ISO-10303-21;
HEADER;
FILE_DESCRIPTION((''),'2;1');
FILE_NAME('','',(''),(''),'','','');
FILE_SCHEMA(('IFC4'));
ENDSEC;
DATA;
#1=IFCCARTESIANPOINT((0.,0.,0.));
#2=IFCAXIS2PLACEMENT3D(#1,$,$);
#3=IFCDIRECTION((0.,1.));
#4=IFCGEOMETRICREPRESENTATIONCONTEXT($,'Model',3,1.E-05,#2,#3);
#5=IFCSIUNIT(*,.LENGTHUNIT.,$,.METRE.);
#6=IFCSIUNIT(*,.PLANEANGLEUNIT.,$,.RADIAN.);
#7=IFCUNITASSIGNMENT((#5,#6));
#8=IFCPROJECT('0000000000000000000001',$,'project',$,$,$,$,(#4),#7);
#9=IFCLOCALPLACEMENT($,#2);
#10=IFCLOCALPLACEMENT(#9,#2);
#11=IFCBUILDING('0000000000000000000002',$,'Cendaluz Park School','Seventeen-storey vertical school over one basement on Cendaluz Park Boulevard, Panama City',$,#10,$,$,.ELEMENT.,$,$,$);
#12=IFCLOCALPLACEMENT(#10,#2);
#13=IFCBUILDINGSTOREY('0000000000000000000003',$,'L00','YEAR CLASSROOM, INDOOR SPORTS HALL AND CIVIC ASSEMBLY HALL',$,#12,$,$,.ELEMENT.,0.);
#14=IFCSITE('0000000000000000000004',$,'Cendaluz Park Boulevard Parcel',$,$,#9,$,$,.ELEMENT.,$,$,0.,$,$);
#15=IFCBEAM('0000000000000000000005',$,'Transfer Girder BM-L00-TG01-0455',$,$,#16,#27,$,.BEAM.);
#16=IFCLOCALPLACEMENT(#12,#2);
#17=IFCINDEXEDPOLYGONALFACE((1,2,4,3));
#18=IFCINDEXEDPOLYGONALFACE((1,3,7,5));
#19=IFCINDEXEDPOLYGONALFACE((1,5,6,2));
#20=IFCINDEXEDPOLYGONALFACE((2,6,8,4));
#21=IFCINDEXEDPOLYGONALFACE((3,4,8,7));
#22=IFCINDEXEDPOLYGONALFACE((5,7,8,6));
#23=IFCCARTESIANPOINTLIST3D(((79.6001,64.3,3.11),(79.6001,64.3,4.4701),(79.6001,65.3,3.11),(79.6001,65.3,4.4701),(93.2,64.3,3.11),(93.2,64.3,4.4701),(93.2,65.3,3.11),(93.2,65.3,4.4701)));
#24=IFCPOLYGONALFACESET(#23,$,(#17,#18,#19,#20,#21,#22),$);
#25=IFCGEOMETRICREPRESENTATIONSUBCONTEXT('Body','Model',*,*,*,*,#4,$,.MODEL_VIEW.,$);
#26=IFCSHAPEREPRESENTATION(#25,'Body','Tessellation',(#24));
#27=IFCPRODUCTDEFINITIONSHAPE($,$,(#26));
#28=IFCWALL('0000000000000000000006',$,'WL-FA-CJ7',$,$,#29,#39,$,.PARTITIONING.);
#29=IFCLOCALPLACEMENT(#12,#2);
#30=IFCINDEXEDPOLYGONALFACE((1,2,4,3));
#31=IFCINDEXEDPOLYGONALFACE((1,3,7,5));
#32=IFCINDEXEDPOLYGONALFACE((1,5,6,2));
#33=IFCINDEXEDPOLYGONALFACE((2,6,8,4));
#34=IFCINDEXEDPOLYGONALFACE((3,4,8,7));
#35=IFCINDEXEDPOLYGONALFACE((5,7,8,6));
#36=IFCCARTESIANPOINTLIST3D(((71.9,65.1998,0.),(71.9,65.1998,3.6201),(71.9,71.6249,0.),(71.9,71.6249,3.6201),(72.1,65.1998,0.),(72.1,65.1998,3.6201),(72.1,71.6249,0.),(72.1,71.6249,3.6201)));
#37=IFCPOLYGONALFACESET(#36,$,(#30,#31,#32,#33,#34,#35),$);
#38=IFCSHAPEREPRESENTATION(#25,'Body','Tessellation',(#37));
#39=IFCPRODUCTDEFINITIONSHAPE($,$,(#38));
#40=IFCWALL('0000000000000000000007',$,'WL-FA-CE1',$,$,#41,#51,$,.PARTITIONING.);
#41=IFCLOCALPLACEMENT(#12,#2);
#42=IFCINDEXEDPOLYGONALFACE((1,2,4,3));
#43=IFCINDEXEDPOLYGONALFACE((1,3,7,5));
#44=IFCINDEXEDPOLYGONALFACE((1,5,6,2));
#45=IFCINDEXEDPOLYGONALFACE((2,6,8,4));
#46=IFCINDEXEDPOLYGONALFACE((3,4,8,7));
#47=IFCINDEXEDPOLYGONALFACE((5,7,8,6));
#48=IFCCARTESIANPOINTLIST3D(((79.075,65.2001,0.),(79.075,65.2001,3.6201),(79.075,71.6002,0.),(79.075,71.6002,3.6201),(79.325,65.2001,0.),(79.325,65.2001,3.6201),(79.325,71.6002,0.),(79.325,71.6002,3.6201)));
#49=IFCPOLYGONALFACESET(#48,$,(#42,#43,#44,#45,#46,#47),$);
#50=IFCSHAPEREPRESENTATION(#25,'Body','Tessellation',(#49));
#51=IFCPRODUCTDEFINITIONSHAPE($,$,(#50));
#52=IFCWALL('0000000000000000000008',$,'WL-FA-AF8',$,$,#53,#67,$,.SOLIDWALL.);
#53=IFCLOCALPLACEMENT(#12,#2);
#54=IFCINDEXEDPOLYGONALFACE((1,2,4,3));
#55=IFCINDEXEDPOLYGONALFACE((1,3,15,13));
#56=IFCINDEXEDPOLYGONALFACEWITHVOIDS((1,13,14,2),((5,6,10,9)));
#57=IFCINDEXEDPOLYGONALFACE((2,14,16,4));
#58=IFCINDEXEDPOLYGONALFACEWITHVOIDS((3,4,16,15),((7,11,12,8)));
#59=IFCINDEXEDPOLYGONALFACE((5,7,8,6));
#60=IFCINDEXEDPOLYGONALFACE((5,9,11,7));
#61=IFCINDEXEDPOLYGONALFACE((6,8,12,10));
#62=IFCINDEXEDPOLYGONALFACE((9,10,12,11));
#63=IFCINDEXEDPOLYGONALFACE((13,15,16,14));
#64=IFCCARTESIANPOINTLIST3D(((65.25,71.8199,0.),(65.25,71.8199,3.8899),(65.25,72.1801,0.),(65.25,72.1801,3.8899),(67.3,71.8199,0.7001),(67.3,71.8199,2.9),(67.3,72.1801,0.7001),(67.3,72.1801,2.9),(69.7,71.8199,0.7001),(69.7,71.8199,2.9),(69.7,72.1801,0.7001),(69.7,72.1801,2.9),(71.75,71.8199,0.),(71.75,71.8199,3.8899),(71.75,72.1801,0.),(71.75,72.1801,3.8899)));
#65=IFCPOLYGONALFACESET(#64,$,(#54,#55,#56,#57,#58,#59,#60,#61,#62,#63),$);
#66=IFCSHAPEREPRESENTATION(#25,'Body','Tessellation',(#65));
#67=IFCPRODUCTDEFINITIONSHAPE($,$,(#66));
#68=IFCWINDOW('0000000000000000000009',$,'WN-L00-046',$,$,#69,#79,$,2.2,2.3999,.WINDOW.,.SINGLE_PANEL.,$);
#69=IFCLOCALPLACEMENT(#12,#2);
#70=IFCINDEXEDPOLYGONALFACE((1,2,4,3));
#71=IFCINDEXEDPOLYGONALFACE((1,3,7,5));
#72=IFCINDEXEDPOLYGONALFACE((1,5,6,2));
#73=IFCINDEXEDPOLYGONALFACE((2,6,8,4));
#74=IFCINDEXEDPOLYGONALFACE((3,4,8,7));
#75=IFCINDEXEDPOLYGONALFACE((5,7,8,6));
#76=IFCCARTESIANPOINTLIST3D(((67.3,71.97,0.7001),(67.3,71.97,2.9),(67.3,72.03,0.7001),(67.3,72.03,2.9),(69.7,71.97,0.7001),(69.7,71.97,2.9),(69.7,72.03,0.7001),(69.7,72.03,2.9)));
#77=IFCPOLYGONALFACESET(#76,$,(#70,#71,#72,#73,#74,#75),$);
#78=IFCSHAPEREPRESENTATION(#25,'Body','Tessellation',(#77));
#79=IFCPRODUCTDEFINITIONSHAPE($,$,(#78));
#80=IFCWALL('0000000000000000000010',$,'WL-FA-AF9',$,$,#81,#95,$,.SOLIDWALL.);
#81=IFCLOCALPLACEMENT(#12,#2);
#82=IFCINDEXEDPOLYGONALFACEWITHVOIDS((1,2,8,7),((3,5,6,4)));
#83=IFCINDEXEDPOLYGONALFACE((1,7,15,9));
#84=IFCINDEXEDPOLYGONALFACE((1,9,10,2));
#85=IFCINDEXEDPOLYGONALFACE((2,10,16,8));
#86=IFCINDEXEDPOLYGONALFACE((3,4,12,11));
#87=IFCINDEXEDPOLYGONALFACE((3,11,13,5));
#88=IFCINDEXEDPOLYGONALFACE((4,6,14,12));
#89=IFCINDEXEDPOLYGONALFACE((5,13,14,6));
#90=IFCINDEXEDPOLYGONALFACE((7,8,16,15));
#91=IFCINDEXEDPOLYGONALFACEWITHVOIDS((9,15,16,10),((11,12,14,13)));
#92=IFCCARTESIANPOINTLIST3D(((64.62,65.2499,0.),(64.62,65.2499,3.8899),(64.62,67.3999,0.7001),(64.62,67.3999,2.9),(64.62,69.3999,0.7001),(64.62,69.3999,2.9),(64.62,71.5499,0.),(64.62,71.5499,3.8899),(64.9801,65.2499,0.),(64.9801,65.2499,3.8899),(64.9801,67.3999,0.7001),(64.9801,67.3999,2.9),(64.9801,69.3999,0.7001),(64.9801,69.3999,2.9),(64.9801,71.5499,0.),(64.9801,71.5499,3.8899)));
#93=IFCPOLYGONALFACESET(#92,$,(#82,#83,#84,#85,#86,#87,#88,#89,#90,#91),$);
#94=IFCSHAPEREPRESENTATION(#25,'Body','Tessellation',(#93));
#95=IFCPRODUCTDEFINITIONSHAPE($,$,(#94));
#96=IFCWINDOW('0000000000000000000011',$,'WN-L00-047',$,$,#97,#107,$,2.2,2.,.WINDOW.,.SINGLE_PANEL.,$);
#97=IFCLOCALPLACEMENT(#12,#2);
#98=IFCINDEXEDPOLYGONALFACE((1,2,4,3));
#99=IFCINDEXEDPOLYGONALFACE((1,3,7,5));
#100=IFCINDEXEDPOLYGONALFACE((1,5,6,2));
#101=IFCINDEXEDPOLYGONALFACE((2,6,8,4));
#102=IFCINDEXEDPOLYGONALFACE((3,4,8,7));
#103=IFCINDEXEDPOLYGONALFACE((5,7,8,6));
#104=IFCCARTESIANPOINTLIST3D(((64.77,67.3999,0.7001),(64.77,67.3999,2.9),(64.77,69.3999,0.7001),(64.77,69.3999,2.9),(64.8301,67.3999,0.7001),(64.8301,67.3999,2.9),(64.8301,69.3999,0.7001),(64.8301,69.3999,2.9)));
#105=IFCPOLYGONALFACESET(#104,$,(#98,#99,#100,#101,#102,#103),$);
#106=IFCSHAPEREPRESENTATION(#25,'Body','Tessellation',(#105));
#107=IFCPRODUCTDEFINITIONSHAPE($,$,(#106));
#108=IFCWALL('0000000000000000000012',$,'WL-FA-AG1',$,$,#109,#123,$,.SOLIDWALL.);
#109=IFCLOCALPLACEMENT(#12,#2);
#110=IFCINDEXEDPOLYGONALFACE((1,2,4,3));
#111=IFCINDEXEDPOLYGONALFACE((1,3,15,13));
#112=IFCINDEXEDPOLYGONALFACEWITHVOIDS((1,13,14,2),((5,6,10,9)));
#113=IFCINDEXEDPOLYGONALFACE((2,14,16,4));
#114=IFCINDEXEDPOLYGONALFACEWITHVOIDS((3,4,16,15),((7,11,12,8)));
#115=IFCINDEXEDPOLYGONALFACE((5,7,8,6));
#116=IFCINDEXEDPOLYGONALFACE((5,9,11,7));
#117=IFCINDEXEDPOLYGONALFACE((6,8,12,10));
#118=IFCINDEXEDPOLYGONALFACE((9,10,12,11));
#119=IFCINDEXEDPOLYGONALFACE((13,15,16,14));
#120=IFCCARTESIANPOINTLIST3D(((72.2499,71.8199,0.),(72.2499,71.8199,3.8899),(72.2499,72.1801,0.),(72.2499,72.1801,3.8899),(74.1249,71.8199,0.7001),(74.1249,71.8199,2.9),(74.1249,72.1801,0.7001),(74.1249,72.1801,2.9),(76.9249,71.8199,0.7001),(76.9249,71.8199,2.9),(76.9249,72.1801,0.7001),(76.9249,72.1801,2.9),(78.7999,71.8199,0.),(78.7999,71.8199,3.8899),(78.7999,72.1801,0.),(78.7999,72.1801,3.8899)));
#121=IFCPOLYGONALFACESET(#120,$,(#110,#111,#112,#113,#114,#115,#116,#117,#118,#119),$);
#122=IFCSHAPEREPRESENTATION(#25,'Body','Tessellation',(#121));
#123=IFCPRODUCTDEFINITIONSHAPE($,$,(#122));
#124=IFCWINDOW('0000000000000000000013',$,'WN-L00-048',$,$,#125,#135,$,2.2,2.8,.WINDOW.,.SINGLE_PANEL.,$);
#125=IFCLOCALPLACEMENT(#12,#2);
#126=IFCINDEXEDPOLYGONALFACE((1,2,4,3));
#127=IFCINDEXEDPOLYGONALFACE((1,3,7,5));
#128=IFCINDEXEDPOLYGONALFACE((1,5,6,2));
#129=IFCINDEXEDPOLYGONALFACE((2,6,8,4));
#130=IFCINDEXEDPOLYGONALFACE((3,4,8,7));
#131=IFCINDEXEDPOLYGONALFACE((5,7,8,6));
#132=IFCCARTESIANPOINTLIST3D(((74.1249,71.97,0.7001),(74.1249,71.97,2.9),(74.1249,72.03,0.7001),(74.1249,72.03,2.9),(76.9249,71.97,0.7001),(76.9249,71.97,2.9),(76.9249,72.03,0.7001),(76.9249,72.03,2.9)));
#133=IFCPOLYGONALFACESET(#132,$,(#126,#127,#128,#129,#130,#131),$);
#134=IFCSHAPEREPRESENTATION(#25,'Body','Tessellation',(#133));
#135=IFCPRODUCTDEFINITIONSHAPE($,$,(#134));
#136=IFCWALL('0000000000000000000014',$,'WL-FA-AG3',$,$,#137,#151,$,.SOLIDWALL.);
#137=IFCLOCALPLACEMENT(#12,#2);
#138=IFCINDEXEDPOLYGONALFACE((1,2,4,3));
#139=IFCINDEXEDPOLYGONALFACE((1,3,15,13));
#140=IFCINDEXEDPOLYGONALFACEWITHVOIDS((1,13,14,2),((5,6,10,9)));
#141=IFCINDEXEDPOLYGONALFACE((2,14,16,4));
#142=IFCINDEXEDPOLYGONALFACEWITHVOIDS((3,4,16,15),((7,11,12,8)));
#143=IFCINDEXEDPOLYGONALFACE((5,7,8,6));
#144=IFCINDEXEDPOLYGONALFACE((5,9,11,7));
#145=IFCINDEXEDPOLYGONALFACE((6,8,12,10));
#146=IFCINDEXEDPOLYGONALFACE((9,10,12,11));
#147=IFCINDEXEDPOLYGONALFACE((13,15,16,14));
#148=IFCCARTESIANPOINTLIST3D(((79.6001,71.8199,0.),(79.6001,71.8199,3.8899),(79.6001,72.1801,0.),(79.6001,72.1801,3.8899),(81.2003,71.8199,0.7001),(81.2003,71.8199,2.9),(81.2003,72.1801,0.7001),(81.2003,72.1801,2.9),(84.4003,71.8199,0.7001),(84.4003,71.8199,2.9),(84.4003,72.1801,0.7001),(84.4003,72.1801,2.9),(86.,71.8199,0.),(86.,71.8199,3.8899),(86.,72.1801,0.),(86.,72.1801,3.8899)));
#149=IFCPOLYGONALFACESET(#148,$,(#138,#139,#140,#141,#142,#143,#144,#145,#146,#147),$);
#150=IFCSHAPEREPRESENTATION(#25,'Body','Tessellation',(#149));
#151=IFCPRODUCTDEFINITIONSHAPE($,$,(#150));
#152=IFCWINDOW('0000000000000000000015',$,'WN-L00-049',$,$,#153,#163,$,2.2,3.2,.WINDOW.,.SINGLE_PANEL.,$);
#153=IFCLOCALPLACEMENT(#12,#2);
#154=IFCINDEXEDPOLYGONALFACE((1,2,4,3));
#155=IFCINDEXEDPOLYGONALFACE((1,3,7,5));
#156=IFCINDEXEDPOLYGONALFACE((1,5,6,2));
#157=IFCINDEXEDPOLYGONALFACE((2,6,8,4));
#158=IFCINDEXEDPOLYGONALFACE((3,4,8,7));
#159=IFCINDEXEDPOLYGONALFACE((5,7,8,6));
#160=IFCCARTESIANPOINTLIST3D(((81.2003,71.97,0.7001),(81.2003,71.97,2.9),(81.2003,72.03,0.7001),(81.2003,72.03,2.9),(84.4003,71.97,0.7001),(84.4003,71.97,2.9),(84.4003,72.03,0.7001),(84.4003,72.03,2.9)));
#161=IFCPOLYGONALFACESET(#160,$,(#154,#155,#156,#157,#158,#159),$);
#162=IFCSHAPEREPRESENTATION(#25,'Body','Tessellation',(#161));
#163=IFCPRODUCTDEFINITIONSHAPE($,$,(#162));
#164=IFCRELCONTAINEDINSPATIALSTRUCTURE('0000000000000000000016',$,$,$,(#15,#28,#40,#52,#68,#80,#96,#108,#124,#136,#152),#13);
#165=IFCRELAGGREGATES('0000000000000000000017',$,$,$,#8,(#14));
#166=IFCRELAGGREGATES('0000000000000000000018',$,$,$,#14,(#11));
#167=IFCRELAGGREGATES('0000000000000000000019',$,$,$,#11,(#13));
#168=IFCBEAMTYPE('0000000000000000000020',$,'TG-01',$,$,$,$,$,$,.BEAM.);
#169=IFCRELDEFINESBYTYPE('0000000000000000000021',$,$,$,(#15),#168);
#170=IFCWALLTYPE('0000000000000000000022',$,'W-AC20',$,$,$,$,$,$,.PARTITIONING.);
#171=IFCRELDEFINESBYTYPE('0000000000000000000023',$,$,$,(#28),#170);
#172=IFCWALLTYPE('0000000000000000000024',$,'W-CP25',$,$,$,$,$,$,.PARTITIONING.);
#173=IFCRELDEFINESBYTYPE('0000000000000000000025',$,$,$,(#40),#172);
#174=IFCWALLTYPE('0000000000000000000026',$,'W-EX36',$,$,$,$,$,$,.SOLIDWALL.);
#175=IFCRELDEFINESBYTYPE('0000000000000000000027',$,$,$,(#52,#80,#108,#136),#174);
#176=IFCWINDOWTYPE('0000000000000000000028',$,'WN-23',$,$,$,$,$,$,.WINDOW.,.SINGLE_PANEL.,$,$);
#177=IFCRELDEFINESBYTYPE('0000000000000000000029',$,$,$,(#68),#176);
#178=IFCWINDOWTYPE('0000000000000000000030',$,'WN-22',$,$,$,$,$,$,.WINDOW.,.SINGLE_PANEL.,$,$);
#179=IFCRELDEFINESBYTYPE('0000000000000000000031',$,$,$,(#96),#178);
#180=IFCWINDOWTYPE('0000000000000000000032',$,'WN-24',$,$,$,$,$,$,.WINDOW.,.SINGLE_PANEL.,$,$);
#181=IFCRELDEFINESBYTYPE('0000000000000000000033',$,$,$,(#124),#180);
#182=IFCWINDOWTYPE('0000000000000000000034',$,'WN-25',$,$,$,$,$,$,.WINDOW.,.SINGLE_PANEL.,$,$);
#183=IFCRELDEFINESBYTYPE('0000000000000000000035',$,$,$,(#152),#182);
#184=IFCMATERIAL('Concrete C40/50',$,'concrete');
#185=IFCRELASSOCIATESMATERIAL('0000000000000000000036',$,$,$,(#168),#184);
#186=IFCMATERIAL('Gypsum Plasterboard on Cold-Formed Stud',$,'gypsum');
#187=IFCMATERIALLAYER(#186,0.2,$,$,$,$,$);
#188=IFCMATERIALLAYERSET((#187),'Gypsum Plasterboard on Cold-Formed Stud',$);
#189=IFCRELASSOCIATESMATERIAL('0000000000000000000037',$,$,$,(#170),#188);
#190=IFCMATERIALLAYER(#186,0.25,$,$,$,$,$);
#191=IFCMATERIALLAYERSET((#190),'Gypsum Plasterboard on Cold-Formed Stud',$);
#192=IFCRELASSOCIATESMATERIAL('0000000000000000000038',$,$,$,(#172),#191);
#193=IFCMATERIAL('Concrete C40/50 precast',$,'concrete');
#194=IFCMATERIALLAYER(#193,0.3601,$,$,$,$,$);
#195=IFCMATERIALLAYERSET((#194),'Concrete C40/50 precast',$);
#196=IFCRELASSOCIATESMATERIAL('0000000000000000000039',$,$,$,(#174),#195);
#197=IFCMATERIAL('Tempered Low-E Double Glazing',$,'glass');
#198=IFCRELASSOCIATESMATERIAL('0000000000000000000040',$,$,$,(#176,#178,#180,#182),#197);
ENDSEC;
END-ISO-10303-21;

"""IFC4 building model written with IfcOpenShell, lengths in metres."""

from ifc_helpers import new_model, si_unit, direction, frame, frame_2d, origin, origin_2d, place, context, subcontext, project, spatial, rectangle, extrude, material, layer, layer_set, material_profile, profile_set, type_object, element, fill, save


model = new_model("IFC4")

# Units and contexts
model_context = context("Model", 3, precision=1e-05, world=origin(), true_north=direction((0.0, 1.0)))
body_context = subcontext(model_context, "Body", "Model", "MODEL_VIEW")
ifc_project = project(units=[si_unit("LENGTHUNIT", "METRE"), si_unit("PLANEANGLEUNIT", "RADIAN")], contexts=[model_context])

# Site, building, storey
site_placement = place(None, origin())
site = spatial("IfcSite", under=ifc_project, at=site_placement, Name="Cendaluz Park Boulevard Parcel", CompositionType="ELEMENT", RefElevation=0.0)
building_placement = place(site_placement, origin())
building = spatial("IfcBuilding", under=site, at=building_placement, Name="Cendaluz Park School", Description="Seventeen-storey vertical school over one basement on Cendaluz Park Boulevard, Panama City", CompositionType="ELEMENT")
storey_placement = place(building_placement, origin())
storey = spatial("IfcBuildingStorey", under=building, at=storey_placement, Name="L00", Description="YEAR CLASSROOM, INDOOR SPORTS HALL AND CIVIC ASSEMBLY HALL", CompositionType="ELEMENT", Elevation=0.0)

# Shared definitions
ifc_material_1 = material(Name="Concrete C40/50", Category="concrete")

# Beam
ifc_material_profile_1 = material_profile(ifc_material_1, rectangle(XDim=1.0, YDim=1.3601, at=origin_2d()), Name="RC 1000x1360", Category="concrete")
ifc_profile_set_1 = profile_set([ifc_material_profile_1], Name="Concrete C40/50")
beam_type_1 = type_object("IfcBeamType", Name="TG-01", PredefinedType="BEAM", material=ifc_profile_set_1)
beam_1_placement = place(storey_placement, frame((79.6001, 64.8, 3.79), z_axis=(1.0, 0.0, 0.0), x_axis=(0.0, 1.0, 0.0)))
element("IfcBeam", 1, at=beam_1_placement, inside=storey, type_object=beam_type_1, Name="Transfer Girder BM-L00-TG01-0455", PredefinedType="BEAM", context=body_context, shape_type="SweptSolid", body=[
    extrude(rectangle(XDim=1.0, YDim=1.3601, at=origin_2d()), origin(), (0.0, 0.0, 1.0), 13.5999),
])

# Walls
ifc_material_2 = material(Name="Gypsum Plasterboard on Cold-Formed Stud", Category="gypsum")
ifc_layer_1 = layer(ifc_material_2, 0.2)
ifc_layer_set_1 = layer_set([ifc_layer_1], Name="Gypsum Plasterboard on Cold-Formed Stud")
wall_type_1 = type_object("IfcWallType", Name="W-AC20", PredefinedType="PARTITIONING", material=ifc_layer_set_1)
wall_1_placement = place(storey_placement, frame((72.0, 65.2, 0.0), z_axis=(0.0, 0.0, 1.0), x_axis=(0.0, 1.0, 0.0)))
element("IfcWall", 2, at=wall_1_placement, inside=storey, type_object=wall_type_1, Name="WL-FA-CJ7", PredefinedType="PARTITIONING", context=body_context, shape_type="SweptSolid", body=[
    extrude(rectangle(XDim=6.425, YDim=0.2, at=frame_2d((3.2124, 0.0))), origin(), (0.0, 0.0, 1.0), 3.6201),
])
ifc_layer_2 = layer(ifc_material_2, 0.25)
ifc_layer_set_2 = layer_set([ifc_layer_2], Name="Gypsum Plasterboard on Cold-Formed Stud")
wall_type_2 = type_object("IfcWallType", Name="W-CP25", PredefinedType="PARTITIONING", material=ifc_layer_set_2)
wall_2_placement = place(storey_placement, frame((79.2, 65.2, 0.0), z_axis=(0.0, 0.0, 1.0), x_axis=(0.0, 1.0, 0.0)))
element("IfcWall", 3, at=wall_2_placement, inside=storey, type_object=wall_type_2, Name="WL-FA-CE1", PredefinedType="PARTITIONING", context=body_context, shape_type="SweptSolid", body=[
    extrude(rectangle(XDim=6.4001, YDim=0.25, at=frame_2d((3.2002, 0.0))), origin(), (0.0, 0.0, 1.0), 3.6201),
])

# Walls, openings, windows
ifc_material_3 = material(Name="Concrete C40/50 precast", Category="concrete")
ifc_layer_3 = layer(ifc_material_3, 0.3601)
ifc_layer_set_3 = layer_set([ifc_layer_3], Name="Concrete C40/50 precast")
wall_type_3 = type_object("IfcWallType", Name="W-EX36", PredefinedType="SOLIDWALL", material=ifc_layer_set_3)
wall_3_placement = place(storey_placement, frame((65.25, 72.0, 0.0), z_axis=(0.0, 0.0, 1.0), x_axis=(1.0, 0.0, 0.0)))
wall_3 = element("IfcWall", 4, at=wall_3_placement, inside=storey, type_object=wall_type_3, Name="WL-FA-AF8", PredefinedType="SOLIDWALL", context=body_context, shape_type="SweptSolid", body=[
    extrude(rectangle(XDim=6.5, YDim=0.3601, at=frame_2d((3.25, 0.0))), origin(), (0.0, 0.0, 1.0), 3.8899),
])
opening_1_placement = place(wall_3_placement, frame((2.05, 0.0, 0.7)))
opening_1 = element("IfcOpeningElement", 5, at=opening_1_placement, cuts=wall_3, PredefinedType="OPENING", context=body_context, shape_type="SweptSolid", body=[
    extrude(rectangle(XDim=2.3999, YDim=2.2, at=frame_2d((1.2, 1.1001))), frame((0.0, 0.1921, 0.0), z_axis=(0.0, -1.0, 0.0), x_axis=(1.0, 0.0, 0.0)), (0.0, 0.0, 1.0), 0.384),
])
ifc_material_4 = material(Name="Tempered Low-E Double Glazing", Category="glass")
window_type_1 = type_object("IfcWindowType", Name="WN-23", PartitioningType="SINGLE_PANEL", PredefinedType="WINDOW", material=ifc_material_4)
window_1_placement = place(opening_1_placement, origin())
window_1 = element("IfcWindow", 6, at=window_1_placement, inside=storey, type_object=window_type_1, Name="WN-L00-046", OverallHeight=2.2, OverallWidth=2.3999, PartitioningType="SINGLE_PANEL", PredefinedType="WINDOW", context=body_context, shape_type="SweptSolid", body=[
    extrude(rectangle(XDim=2.3999, YDim=2.2, at=frame_2d((1.2, 1.1001))), frame((0.0, 0.03, 0.0), z_axis=(0.0, -1.0, 0.0), x_axis=(1.0, 0.0, 0.0)), (0.0, 0.0, 1.0), 0.0601),
])
fill(opening_1, window_1)
wall_4_placement = place(storey_placement, frame((64.8, 65.25, 0.0), z_axis=(0.0, 0.0, 1.0), x_axis=(0.0, 1.0, 0.0)))
wall_4 = element("IfcWall", 7, at=wall_4_placement, inside=storey, type_object=wall_type_3, Name="WL-FA-AF9", PredefinedType="SOLIDWALL", context=body_context, shape_type="SweptSolid", body=[
    extrude(rectangle(XDim=6.3, YDim=0.3601, at=frame_2d((3.1499, 0.0))), origin(), (0.0, 0.0, 1.0), 3.8899),
])
opening_2_placement = place(wall_4_placement, frame((2.1499, 0.0, 0.7)))
opening_2 = element("IfcOpeningElement", 8, at=opening_2_placement, cuts=wall_4, PredefinedType="OPENING", context=body_context, shape_type="SweptSolid", body=[
    extrude(rectangle(XDim=2.0, YDim=2.2, at=frame_2d((1.0, 1.1001))), frame((0.0, 0.1921, 0.0), z_axis=(0.0, -1.0, 0.0), x_axis=(1.0, 0.0, 0.0)), (0.0, 0.0, 1.0), 0.384),
])
window_type_2 = type_object("IfcWindowType", Name="WN-22", PartitioningType="SINGLE_PANEL", PredefinedType="WINDOW", material=ifc_material_4)
window_2_placement = place(opening_2_placement, origin())
window_2 = element("IfcWindow", 9, at=window_2_placement, inside=storey, type_object=window_type_2, Name="WN-L00-047", OverallHeight=2.2, OverallWidth=2.0, PartitioningType="SINGLE_PANEL", PredefinedType="WINDOW", context=body_context, shape_type="SweptSolid", body=[
    extrude(rectangle(XDim=2.0, YDim=2.2, at=frame_2d((1.0, 1.1001))), frame((0.0, 0.03, 0.0), z_axis=(0.0, -1.0, 0.0), x_axis=(1.0, 0.0, 0.0)), (0.0, 0.0, 1.0), 0.0601),
])
fill(opening_2, window_2)
wall_5_placement = place(storey_placement, frame((72.25, 72.0, 0.0), z_axis=(0.0, 0.0, 1.0), x_axis=(1.0, 0.0, 0.0)))
wall_5 = element("IfcWall", 10, at=wall_5_placement, inside=storey, type_object=wall_type_3, Name="WL-FA-AG1", PredefinedType="SOLIDWALL", context=body_context, shape_type="SweptSolid", body=[
    extrude(rectangle(XDim=6.55, YDim=0.3601, at=frame_2d((3.2749, 0.0))), origin(), (0.0, 0.0, 1.0), 3.8899),
])
opening_3_placement = place(wall_5_placement, frame((1.875, 0.0, 0.7)))
opening_3 = element("IfcOpeningElement", 11, at=opening_3_placement, cuts=wall_5, PredefinedType="OPENING", context=body_context, shape_type="SweptSolid", body=[
    extrude(rectangle(XDim=2.8, YDim=2.2, at=frame_2d((1.3999, 1.1001))), frame((0.0, 0.1921, 0.0), z_axis=(0.0, -1.0, 0.0), x_axis=(1.0, 0.0, 0.0)), (0.0, 0.0, 1.0), 0.384),
])
window_type_3 = type_object("IfcWindowType", Name="WN-24", PartitioningType="SINGLE_PANEL", PredefinedType="WINDOW", material=ifc_material_4)
window_3_placement = place(opening_3_placement, origin())
window_3 = element("IfcWindow", 12, at=window_3_placement, inside=storey, type_object=window_type_3, Name="WN-L00-048", OverallHeight=2.2, OverallWidth=2.8, PartitioningType="SINGLE_PANEL", PredefinedType="WINDOW", context=body_context, shape_type="SweptSolid", body=[
    extrude(rectangle(XDim=2.8, YDim=2.2, at=frame_2d((1.3999, 1.1001))), frame((0.0, 0.03, 0.0), z_axis=(0.0, -1.0, 0.0), x_axis=(1.0, 0.0, 0.0)), (0.0, 0.0, 1.0), 0.0601),
])
fill(opening_3, window_3)
wall_6_placement = place(storey_placement, frame((79.6001, 72.0, 0.0), z_axis=(0.0, 0.0, 1.0), x_axis=(1.0, 0.0, 0.0)))
wall_6 = element("IfcWall", 13, at=wall_6_placement, inside=storey, type_object=wall_type_3, Name="WL-FA-AG3", PredefinedType="SOLIDWALL", context=body_context, shape_type="SweptSolid", body=[
    extrude(rectangle(XDim=6.3999, YDim=0.3601, at=frame_2d((3.2, 0.0))), origin(), (0.0, 0.0, 1.0), 3.8899),
])
opening_4_placement = place(wall_6_placement, frame((1.6001, 0.0, 0.7)))
opening_4 = element("IfcOpeningElement", 14, at=opening_4_placement, cuts=wall_6, PredefinedType="OPENING", context=body_context, shape_type="SweptSolid", body=[
    extrude(rectangle(XDim=3.2, YDim=2.2, at=frame_2d((1.6001, 1.1001))), frame((0.0, 0.1921, 0.0), z_axis=(0.0, -1.0, 0.0), x_axis=(1.0, 0.0, 0.0)), (0.0, 0.0, 1.0), 0.384),
])
window_type_4 = type_object("IfcWindowType", Name="WN-25", PartitioningType="SINGLE_PANEL", PredefinedType="WINDOW", material=ifc_material_4)
window_4_placement = place(opening_4_placement, origin())
window_4 = element("IfcWindow", 15, at=window_4_placement, inside=storey, type_object=window_type_4, Name="WN-L00-049", OverallHeight=2.2, OverallWidth=3.2, PartitioningType="SINGLE_PANEL", PredefinedType="WINDOW", context=body_context, shape_type="SweptSolid", body=[
    extrude(rectangle(XDim=3.2, YDim=2.2, at=frame_2d((1.6001, 1.1001))), frame((0.0, 0.03, 0.0), z_axis=(0.0, -1.0, 0.0), x_axis=(1.0, 0.0, 0.0)), (0.0, 0.0, 1.0), 0.0601),
])
fill(opening_4, window_4)

save(model, "model.ifc")
